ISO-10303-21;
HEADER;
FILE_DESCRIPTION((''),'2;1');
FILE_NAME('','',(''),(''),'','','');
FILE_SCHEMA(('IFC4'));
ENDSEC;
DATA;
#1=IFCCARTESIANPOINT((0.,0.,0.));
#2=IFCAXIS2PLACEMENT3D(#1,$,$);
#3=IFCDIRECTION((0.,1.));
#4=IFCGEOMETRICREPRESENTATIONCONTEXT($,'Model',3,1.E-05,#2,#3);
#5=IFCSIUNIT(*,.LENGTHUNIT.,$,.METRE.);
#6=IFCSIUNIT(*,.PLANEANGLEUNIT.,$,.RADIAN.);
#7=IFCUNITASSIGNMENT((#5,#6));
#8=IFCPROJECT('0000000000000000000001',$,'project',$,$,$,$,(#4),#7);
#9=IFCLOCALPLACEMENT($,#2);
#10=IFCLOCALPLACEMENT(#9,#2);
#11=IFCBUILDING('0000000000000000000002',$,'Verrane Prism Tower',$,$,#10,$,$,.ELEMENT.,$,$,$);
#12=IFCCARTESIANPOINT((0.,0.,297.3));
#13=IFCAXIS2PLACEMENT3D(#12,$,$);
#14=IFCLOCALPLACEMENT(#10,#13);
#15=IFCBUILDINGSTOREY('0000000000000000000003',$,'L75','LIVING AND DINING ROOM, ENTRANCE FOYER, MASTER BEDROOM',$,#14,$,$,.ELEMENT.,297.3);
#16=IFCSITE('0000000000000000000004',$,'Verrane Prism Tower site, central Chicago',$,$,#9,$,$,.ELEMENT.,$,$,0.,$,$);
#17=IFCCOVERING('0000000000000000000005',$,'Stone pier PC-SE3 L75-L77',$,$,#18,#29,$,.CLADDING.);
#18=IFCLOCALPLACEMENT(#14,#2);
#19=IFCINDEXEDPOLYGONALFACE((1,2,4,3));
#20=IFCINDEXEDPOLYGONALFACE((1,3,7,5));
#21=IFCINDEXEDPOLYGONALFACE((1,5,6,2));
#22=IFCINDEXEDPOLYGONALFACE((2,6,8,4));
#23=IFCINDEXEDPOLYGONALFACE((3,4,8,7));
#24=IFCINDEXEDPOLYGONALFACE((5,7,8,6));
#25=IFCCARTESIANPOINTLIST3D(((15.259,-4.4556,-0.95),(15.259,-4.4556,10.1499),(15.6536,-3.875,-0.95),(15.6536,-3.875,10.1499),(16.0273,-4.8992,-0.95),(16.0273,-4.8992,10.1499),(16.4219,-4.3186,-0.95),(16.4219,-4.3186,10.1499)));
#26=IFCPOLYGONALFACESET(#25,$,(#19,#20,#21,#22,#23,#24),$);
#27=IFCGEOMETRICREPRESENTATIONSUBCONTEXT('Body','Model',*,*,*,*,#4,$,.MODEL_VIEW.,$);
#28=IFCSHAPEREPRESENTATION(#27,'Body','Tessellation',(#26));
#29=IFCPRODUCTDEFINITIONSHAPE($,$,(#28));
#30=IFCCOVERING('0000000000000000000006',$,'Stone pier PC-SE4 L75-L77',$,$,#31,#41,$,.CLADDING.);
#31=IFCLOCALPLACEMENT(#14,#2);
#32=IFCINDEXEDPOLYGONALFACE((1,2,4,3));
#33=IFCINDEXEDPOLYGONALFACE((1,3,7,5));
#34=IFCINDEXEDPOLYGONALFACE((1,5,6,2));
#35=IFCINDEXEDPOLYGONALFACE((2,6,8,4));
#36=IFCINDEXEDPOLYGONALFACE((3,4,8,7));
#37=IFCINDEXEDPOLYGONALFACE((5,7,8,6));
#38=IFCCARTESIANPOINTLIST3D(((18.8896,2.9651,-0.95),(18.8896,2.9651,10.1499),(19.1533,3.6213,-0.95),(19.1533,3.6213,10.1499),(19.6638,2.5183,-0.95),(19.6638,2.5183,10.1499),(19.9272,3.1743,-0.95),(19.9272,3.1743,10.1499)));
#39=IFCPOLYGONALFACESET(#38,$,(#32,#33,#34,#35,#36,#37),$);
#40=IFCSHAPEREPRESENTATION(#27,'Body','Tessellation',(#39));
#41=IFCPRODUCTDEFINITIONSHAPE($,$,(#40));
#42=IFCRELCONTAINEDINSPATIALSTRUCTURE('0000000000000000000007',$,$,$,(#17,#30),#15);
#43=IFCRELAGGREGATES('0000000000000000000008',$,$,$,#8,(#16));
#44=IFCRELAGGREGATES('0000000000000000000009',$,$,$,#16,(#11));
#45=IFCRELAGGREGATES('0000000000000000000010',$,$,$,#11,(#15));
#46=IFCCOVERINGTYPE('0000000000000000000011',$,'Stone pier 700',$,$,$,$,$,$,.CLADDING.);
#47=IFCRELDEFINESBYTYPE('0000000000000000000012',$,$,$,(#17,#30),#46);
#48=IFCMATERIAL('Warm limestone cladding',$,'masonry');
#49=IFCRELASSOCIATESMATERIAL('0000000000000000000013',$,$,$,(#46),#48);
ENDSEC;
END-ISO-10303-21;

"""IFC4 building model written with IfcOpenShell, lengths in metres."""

from ifc_helpers import new_model, si_unit, direction, frame, origin, place, context, subcontext, project, spatial, polyline, outline, extrude, material, type_object, element, save


model = new_model("IFC4")

# Units and contexts
model_context = context("Model", 3, precision=1e-05, world=origin(), true_north=direction((0.0, 1.0)))
body_context = subcontext(model_context, "Body", "Model", "MODEL_VIEW")
ifc_project = project(units=[si_unit("LENGTHUNIT", "METRE"), si_unit("PLANEANGLEUNIT", "RADIAN")], contexts=[model_context])

# Site, building, storey
site_placement = place(None, origin())
site = spatial("IfcSite", under=ifc_project, at=site_placement, Name="Verrane Prism Tower site, central Chicago", CompositionType="ELEMENT", RefElevation=0.0)
building_placement = place(site_placement, origin())
building = spatial("IfcBuilding", under=site, at=building_placement, Name="Verrane Prism Tower", CompositionType="ELEMENT")
storey_placement = place(building_placement, frame((0.0, 0.0, 297.3)))
storey = spatial("IfcBuildingStorey", under=building, at=storey_placement, Name="L75", Description="LIVING AND DINING ROOM, ENTRANCE FOYER, MASTER BEDROOM", CompositionType="ELEMENT", Elevation=297.3)

# Coverings
ifc_material_1 = material(Name="Warm limestone cladding", Category="masonry")
covering_type_1 = type_object("IfcCoveringType", Name="Stone pier 700", PredefinedType="CLADDING", material=ifc_material_1)
covering_1_placement = place(storey_placement, frame((0.0, 0.0, -0.95)))
element("IfcCovering", 1, at=covering_1_placement, inside=storey, type_object=covering_type_1, Name="Stone pier PC-SE3 L75-L77", PredefinedType="CLADDING", context=body_context, shape_type="SweptSolid", body=[
    extrude(outline(polyline([(16.4219, -4.3186), (15.6536, -3.875), (15.259, -4.4556), (16.0273, -4.8992), (16.4219, -4.3186)])), origin(), (0.0, 0.0, 1.0), 11.0999),
])
covering_2_placement = place(storey_placement, frame((0.0, 0.0, -0.95)))
element("IfcCovering", 2, at=covering_2_placement, inside=storey, type_object=covering_type_1, Name="Stone pier PC-SE4 L75-L77", PredefinedType="CLADDING", context=body_context, shape_type="SweptSolid", body=[
    extrude(outline(polyline([(19.9272, 3.1743), (19.1533, 3.6213), (18.8896, 2.9651), (19.6638, 2.5183), (19.9272, 3.1743)])), origin(), (0.0, 0.0, 1.0), 11.0999),
])

save(model, "model.ifc")
